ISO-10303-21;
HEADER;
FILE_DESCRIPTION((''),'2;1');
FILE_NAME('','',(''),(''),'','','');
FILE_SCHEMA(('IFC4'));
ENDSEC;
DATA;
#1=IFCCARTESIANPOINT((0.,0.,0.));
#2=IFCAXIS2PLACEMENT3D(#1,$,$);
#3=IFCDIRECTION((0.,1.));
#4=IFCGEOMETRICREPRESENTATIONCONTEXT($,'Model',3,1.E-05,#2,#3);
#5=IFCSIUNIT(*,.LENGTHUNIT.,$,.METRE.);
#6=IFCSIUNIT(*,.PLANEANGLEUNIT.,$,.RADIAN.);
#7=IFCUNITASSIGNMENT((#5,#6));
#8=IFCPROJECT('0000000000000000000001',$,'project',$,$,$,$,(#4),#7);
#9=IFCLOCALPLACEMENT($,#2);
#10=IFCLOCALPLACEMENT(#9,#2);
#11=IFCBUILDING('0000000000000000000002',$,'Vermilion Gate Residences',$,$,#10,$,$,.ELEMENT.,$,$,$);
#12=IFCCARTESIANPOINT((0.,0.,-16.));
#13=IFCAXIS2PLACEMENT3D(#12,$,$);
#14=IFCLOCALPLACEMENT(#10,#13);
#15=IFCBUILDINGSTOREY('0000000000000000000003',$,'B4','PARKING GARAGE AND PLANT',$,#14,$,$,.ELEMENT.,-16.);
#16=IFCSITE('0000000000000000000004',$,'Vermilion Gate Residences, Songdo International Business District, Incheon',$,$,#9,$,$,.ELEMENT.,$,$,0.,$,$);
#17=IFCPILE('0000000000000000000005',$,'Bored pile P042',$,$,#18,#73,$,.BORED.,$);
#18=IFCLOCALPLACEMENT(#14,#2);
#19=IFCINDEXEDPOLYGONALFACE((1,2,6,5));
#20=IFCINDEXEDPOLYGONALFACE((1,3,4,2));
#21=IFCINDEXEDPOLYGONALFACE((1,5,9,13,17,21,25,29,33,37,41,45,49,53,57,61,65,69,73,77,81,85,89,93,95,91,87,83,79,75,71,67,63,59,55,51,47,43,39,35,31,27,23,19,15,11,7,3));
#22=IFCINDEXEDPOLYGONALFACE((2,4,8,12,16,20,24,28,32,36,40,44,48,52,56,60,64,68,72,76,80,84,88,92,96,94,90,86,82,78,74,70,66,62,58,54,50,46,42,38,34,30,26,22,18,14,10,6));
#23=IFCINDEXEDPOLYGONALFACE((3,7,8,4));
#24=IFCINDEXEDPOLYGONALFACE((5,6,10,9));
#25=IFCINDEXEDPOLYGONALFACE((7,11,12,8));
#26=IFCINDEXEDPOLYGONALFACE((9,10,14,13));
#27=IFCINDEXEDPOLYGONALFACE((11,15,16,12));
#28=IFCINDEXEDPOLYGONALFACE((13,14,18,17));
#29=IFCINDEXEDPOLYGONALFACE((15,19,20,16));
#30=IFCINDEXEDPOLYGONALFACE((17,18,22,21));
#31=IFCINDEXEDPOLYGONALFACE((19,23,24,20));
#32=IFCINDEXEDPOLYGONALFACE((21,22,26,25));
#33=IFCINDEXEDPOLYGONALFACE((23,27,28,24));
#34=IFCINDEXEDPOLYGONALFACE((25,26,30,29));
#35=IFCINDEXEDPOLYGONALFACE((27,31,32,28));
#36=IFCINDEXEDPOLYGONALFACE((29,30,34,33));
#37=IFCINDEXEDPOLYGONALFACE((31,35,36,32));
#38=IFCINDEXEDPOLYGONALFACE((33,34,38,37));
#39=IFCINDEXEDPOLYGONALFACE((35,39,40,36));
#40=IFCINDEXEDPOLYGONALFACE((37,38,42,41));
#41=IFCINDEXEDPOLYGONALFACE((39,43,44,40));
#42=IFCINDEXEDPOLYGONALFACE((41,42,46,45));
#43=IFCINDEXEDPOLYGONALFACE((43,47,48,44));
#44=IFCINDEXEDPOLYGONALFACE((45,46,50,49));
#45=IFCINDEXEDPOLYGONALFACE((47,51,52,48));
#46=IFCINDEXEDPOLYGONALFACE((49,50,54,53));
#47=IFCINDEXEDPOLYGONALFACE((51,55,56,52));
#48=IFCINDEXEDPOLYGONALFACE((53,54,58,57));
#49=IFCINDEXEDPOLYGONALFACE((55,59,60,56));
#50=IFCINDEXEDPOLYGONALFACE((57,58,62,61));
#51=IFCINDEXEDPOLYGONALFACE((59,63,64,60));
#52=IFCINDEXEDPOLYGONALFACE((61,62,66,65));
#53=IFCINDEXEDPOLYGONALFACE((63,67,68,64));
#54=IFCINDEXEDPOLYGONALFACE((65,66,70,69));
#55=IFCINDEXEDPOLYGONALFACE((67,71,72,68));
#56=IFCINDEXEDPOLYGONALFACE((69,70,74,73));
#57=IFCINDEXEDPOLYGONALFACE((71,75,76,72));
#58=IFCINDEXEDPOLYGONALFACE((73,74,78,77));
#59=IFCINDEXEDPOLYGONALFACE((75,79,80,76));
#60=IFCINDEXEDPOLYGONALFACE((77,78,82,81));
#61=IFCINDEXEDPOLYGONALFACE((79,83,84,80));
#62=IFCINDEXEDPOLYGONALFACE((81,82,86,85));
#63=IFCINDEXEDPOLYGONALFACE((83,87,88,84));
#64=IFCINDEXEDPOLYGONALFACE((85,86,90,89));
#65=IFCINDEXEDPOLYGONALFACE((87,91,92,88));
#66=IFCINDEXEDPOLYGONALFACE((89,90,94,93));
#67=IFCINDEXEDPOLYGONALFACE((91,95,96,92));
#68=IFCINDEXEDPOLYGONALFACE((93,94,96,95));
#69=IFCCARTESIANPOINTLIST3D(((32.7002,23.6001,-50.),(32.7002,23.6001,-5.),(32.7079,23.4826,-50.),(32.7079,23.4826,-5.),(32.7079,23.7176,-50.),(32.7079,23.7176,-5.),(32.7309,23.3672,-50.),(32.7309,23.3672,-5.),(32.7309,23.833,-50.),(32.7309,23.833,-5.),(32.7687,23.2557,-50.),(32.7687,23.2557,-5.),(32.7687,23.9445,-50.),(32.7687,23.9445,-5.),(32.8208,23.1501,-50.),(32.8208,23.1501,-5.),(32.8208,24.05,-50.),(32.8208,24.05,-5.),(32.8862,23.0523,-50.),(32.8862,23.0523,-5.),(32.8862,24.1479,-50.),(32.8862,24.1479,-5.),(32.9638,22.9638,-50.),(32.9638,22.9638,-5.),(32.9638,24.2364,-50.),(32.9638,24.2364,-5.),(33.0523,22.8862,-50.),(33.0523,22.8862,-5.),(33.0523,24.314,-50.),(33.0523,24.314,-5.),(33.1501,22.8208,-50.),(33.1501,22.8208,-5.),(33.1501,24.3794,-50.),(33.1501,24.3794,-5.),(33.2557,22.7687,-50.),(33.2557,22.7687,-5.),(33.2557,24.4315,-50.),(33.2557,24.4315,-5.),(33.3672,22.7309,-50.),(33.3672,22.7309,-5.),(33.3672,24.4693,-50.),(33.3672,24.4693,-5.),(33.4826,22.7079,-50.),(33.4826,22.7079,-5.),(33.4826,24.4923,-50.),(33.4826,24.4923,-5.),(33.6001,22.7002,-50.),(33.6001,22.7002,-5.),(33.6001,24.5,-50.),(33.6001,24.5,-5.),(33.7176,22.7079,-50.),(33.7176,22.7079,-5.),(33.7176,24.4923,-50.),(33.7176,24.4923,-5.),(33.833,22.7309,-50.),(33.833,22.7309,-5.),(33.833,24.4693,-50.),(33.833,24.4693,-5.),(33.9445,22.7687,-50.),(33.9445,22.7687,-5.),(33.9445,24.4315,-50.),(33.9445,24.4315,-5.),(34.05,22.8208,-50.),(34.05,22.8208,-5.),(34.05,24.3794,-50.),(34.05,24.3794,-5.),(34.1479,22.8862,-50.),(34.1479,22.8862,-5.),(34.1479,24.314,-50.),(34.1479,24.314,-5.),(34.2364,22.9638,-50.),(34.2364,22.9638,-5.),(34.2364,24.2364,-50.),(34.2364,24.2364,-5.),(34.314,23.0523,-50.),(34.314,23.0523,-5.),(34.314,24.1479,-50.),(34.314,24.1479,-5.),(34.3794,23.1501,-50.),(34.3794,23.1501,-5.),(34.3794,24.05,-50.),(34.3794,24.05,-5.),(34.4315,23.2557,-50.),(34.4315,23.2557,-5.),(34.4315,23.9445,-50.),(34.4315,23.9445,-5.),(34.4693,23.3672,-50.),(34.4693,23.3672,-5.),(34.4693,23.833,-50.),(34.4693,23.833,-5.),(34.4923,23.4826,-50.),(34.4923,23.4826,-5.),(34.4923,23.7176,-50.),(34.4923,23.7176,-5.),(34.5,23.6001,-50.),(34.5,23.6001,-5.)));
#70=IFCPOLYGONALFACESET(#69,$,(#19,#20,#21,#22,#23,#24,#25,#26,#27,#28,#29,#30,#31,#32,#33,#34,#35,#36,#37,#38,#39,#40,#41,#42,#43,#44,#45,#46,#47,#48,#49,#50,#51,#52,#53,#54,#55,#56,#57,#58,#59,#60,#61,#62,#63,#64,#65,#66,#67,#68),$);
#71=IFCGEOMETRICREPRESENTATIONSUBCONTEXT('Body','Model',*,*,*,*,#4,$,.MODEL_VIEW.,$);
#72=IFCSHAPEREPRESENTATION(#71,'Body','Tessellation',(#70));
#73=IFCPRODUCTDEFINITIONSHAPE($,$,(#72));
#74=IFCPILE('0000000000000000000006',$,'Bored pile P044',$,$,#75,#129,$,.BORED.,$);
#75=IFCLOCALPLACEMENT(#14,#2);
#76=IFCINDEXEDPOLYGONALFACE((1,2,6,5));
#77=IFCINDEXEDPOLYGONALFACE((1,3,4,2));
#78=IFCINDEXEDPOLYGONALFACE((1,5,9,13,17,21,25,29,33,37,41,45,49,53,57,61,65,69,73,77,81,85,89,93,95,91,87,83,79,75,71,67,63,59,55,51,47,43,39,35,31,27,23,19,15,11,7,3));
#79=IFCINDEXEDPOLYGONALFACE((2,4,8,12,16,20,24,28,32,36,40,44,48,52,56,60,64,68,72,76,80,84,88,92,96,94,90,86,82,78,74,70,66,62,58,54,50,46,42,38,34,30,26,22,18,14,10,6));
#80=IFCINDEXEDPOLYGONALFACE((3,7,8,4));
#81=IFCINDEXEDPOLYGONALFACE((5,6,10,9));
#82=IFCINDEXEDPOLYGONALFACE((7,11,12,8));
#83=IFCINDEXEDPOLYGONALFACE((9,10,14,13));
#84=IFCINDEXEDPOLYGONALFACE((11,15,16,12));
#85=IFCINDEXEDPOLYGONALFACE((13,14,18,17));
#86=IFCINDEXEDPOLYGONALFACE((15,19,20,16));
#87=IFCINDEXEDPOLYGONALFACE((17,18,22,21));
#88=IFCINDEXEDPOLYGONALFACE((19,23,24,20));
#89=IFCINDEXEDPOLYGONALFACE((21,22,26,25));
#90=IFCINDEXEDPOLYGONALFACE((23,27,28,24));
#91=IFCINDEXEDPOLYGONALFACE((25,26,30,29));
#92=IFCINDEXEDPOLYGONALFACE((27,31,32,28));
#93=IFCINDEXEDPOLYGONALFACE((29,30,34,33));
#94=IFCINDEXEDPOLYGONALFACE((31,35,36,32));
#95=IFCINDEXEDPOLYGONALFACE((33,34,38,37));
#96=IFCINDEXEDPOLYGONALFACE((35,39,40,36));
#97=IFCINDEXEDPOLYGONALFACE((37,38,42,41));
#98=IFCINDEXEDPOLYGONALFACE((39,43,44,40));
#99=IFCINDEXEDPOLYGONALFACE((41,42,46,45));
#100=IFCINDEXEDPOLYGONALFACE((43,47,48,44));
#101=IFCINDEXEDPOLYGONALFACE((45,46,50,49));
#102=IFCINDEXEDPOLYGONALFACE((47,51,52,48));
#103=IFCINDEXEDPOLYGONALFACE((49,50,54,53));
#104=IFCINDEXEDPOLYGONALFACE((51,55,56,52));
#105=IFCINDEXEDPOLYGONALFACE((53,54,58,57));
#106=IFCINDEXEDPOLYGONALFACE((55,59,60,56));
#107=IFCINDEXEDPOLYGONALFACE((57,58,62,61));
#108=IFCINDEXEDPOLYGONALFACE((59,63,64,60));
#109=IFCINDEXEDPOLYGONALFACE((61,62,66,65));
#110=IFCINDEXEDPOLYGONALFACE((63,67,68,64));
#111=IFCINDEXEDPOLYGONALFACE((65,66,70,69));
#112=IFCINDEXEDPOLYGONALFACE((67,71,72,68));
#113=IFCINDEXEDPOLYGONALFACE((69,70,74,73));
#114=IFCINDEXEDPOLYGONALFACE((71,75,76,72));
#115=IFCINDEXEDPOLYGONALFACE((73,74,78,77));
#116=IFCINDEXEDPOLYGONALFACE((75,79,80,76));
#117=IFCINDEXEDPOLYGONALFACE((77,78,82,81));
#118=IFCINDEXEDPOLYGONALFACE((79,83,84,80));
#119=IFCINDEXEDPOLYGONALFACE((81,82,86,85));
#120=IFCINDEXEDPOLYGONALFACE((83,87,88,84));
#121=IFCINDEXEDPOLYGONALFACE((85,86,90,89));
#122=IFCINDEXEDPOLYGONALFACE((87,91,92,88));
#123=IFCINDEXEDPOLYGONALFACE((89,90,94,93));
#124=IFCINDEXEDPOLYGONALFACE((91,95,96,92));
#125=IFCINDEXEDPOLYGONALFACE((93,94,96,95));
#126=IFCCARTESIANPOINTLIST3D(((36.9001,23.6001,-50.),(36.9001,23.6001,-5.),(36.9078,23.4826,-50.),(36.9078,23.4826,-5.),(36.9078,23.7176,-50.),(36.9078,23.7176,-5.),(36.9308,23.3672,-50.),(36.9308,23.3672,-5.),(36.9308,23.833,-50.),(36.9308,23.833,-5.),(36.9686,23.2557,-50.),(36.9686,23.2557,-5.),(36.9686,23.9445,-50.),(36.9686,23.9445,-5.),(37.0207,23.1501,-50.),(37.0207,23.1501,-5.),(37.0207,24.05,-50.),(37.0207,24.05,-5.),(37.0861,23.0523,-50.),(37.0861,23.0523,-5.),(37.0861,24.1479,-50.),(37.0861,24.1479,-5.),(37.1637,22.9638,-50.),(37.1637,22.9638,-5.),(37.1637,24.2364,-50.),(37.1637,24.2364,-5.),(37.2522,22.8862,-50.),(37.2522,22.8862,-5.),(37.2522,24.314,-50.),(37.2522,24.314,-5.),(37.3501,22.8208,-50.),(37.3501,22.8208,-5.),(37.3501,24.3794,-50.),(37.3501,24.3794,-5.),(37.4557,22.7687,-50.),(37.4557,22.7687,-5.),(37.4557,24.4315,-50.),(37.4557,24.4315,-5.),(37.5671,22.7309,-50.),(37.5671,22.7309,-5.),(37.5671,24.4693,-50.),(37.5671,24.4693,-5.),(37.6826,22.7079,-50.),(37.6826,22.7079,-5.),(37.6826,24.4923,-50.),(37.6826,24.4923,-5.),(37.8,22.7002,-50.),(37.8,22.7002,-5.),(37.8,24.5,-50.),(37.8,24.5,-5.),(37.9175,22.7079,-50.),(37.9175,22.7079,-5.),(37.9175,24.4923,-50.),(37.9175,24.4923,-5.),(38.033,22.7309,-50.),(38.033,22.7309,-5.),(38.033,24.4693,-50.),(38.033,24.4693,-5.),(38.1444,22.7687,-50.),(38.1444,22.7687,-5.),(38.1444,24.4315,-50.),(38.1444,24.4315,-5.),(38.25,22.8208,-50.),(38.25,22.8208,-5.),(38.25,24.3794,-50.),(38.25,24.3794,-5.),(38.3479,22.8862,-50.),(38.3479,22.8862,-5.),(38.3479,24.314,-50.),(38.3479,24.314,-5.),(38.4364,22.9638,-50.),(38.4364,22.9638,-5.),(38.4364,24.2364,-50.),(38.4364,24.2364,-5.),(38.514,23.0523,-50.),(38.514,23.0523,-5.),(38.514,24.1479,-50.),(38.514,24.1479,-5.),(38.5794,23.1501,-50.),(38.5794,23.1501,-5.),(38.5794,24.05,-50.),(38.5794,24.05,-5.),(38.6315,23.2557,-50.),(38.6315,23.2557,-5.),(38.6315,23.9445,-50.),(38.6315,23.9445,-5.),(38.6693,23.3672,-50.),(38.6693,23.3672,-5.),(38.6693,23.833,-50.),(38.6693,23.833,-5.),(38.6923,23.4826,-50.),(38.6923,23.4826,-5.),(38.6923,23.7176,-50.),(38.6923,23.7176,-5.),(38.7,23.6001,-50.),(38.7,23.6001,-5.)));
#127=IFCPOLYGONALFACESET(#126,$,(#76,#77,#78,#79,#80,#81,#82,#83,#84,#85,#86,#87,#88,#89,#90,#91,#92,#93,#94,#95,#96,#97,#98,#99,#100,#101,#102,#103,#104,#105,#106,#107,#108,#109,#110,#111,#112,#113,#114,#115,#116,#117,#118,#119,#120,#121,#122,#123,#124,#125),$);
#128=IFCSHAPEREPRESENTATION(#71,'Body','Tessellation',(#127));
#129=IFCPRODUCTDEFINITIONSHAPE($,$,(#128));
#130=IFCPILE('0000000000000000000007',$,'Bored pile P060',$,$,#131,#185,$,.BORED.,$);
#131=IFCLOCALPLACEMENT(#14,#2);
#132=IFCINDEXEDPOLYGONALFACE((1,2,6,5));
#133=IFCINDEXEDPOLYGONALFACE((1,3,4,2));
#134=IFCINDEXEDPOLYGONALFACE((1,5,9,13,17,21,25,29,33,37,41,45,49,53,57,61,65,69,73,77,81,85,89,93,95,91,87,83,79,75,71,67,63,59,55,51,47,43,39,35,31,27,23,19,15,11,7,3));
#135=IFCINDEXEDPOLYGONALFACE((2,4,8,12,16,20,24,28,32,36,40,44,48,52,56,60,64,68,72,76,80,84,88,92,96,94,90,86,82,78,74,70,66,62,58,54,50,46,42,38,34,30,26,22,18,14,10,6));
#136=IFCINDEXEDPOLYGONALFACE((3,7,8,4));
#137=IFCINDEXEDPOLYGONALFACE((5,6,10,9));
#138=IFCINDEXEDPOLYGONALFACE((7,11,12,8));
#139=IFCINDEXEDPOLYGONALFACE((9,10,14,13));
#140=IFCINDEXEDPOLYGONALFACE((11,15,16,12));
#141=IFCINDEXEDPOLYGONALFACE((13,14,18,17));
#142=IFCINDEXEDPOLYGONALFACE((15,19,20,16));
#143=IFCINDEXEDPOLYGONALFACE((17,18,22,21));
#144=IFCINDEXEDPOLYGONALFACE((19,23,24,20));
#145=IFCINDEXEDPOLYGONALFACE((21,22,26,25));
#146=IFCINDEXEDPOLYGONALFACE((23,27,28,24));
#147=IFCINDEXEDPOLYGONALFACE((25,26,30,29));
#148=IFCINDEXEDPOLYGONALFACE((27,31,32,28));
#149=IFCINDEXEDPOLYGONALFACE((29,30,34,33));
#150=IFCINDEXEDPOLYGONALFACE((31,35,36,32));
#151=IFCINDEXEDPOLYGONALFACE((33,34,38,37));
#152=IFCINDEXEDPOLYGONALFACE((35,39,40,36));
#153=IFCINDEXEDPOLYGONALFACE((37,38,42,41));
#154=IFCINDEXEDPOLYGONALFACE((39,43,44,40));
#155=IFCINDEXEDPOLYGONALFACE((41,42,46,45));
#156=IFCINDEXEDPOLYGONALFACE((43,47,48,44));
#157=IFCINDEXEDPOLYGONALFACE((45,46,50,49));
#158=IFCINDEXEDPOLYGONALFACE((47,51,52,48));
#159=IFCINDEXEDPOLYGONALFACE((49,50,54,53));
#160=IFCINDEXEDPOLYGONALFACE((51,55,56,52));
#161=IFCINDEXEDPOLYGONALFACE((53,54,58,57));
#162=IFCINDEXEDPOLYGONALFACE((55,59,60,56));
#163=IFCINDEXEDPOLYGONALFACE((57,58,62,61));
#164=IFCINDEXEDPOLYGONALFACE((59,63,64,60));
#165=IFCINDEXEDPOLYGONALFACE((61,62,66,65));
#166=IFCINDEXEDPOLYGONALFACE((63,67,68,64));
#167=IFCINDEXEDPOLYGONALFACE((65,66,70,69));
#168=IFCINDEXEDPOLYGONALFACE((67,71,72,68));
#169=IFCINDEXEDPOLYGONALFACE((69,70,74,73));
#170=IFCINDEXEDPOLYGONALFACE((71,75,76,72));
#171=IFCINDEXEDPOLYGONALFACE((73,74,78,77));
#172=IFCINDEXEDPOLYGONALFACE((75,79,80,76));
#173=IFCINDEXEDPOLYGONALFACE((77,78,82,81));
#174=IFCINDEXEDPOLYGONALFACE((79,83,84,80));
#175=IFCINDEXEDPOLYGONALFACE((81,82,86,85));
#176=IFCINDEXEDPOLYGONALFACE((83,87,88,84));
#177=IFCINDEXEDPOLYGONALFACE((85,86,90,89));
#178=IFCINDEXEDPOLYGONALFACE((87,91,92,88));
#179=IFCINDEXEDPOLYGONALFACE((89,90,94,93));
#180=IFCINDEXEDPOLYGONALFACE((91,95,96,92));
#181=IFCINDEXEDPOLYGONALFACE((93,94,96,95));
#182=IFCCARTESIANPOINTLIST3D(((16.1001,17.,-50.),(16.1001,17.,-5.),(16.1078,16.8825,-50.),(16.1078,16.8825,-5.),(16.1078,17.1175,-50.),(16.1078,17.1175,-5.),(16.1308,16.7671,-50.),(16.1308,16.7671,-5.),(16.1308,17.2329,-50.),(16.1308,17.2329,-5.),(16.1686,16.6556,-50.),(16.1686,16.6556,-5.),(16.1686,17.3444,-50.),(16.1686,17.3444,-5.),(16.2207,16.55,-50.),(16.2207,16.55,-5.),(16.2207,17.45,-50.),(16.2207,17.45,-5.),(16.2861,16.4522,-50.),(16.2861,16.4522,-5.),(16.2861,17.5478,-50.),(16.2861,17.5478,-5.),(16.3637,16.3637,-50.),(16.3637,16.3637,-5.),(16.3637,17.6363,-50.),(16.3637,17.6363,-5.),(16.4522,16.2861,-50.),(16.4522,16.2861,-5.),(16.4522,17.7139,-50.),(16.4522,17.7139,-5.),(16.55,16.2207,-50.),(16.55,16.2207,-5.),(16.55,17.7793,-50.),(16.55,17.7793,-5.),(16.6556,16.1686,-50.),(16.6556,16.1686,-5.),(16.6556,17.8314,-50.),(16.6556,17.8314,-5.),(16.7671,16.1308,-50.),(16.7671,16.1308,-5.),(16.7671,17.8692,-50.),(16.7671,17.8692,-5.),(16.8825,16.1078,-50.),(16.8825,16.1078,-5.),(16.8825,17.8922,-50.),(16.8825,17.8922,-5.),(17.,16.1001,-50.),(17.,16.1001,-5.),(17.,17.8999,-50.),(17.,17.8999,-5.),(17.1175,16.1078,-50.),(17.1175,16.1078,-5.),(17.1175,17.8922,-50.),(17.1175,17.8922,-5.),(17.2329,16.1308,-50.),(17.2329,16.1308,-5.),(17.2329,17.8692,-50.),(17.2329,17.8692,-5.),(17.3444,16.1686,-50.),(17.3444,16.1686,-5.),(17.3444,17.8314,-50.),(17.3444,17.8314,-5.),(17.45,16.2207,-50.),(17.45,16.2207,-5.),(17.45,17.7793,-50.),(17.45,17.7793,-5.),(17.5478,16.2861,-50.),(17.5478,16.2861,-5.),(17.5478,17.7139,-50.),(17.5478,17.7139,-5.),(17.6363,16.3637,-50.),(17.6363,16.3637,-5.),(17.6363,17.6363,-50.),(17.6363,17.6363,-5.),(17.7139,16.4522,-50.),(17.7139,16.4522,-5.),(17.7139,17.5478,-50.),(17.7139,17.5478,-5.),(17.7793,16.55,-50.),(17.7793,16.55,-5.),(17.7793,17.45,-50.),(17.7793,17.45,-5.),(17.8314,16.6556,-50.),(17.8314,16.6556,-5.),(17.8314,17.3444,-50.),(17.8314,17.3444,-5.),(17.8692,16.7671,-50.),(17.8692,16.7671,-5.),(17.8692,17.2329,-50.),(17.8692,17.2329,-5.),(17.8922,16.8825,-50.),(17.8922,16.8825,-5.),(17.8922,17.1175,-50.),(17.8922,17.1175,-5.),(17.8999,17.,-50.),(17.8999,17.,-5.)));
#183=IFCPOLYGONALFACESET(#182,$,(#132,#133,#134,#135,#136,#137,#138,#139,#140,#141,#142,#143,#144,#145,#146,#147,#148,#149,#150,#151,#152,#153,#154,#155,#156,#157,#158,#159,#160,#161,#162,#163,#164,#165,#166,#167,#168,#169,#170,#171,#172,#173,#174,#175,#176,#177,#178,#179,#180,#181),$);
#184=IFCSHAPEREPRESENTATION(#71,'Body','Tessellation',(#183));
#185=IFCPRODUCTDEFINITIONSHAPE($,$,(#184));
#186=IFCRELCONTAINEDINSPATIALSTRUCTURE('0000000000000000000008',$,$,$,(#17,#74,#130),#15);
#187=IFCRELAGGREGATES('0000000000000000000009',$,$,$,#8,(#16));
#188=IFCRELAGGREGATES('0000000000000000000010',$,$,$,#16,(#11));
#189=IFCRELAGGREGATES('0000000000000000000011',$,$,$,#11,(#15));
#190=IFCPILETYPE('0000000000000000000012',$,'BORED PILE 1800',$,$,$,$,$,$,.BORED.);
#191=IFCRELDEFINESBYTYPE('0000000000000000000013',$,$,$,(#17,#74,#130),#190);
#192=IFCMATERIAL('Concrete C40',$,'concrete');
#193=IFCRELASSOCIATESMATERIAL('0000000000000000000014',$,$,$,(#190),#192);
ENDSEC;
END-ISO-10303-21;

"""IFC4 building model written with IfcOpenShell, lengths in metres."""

from ifc_helpers import new_model, si_unit, direction, frame, origin, origin_2d, place, context, subcontext, project, spatial, circle, extrude, material, material_profile, profile_set, type_object, element, save


model = new_model("IFC4")

# Units and contexts
model_context = context("Model", 3, precision=1e-05, world=origin(), true_north=direction((0.0, 1.0)))
body_context = subcontext(model_context, "Body", "Model", "MODEL_VIEW")
ifc_project = project(units=[si_unit("LENGTHUNIT", "METRE"), si_unit("PLANEANGLEUNIT", "RADIAN")], contexts=[model_context])

# Site, building, storey
site_placement = place(None, origin())
site = spatial("IfcSite", under=ifc_project, at=site_placement, Name="Vermilion Gate Residences, Songdo International Business District, Incheon", CompositionType="ELEMENT", RefElevation=0.0)
building_placement = place(site_placement, origin())
building = spatial("IfcBuilding", under=site, at=building_placement, Name="Vermilion Gate Residences", CompositionType="ELEMENT")
storey_placement = place(building_placement, frame((0.0, 0.0, -16.0)))
storey = spatial("IfcBuildingStorey", under=building, at=storey_placement, Name="B4", Description="PARKING GARAGE AND PLANT", CompositionType="ELEMENT", Elevation=-16.0)

# Piles
ifc_material_1 = material(Name="Concrete C40", Category="concrete")
ifc_material_profile_1 = material_profile(ifc_material_1, circle(Radius=0.8999, at=origin_2d()), Name="BORED PILE 1800")
ifc_profile_set_1 = profile_set([ifc_material_profile_1], Name="Concrete C40")
pile_type_1 = type_object("IfcPileType", Name="BORED PILE 1800", PredefinedType="BORED", material=ifc_profile_set_1)
for number, where, z_axis, x_axis, name in (
    (1, (33.6001, 23.6001, -5.0), (0.0, 0.0, -1.0), (1.0, 0.0, 0.0), "Bored pile P042"),
    (2, (37.8, 23.6001, -5.0), (0.0, 0.0, -1.0), (1.0, 0.0, 0.0), "Bored pile P044"),
    (3, (17.0, 17.0, -5.0), (0.0, 0.0, -1.0), (1.0, 0.0, 0.0), "Bored pile P060"),
):
    element("IfcPile", number, at=place(storey_placement, frame(where, z_axis=z_axis, x_axis=x_axis)), inside=storey, type_object=pile_type_1, Name=name, PredefinedType="BORED", context=body_context, shape_type="SweptSolid", body=[
        extrude(circle(Radius=0.8999, at=origin_2d()), origin(), (0.0, 0.0, 1.0), 45.0),
    ])

save(model, "model.ifc")
